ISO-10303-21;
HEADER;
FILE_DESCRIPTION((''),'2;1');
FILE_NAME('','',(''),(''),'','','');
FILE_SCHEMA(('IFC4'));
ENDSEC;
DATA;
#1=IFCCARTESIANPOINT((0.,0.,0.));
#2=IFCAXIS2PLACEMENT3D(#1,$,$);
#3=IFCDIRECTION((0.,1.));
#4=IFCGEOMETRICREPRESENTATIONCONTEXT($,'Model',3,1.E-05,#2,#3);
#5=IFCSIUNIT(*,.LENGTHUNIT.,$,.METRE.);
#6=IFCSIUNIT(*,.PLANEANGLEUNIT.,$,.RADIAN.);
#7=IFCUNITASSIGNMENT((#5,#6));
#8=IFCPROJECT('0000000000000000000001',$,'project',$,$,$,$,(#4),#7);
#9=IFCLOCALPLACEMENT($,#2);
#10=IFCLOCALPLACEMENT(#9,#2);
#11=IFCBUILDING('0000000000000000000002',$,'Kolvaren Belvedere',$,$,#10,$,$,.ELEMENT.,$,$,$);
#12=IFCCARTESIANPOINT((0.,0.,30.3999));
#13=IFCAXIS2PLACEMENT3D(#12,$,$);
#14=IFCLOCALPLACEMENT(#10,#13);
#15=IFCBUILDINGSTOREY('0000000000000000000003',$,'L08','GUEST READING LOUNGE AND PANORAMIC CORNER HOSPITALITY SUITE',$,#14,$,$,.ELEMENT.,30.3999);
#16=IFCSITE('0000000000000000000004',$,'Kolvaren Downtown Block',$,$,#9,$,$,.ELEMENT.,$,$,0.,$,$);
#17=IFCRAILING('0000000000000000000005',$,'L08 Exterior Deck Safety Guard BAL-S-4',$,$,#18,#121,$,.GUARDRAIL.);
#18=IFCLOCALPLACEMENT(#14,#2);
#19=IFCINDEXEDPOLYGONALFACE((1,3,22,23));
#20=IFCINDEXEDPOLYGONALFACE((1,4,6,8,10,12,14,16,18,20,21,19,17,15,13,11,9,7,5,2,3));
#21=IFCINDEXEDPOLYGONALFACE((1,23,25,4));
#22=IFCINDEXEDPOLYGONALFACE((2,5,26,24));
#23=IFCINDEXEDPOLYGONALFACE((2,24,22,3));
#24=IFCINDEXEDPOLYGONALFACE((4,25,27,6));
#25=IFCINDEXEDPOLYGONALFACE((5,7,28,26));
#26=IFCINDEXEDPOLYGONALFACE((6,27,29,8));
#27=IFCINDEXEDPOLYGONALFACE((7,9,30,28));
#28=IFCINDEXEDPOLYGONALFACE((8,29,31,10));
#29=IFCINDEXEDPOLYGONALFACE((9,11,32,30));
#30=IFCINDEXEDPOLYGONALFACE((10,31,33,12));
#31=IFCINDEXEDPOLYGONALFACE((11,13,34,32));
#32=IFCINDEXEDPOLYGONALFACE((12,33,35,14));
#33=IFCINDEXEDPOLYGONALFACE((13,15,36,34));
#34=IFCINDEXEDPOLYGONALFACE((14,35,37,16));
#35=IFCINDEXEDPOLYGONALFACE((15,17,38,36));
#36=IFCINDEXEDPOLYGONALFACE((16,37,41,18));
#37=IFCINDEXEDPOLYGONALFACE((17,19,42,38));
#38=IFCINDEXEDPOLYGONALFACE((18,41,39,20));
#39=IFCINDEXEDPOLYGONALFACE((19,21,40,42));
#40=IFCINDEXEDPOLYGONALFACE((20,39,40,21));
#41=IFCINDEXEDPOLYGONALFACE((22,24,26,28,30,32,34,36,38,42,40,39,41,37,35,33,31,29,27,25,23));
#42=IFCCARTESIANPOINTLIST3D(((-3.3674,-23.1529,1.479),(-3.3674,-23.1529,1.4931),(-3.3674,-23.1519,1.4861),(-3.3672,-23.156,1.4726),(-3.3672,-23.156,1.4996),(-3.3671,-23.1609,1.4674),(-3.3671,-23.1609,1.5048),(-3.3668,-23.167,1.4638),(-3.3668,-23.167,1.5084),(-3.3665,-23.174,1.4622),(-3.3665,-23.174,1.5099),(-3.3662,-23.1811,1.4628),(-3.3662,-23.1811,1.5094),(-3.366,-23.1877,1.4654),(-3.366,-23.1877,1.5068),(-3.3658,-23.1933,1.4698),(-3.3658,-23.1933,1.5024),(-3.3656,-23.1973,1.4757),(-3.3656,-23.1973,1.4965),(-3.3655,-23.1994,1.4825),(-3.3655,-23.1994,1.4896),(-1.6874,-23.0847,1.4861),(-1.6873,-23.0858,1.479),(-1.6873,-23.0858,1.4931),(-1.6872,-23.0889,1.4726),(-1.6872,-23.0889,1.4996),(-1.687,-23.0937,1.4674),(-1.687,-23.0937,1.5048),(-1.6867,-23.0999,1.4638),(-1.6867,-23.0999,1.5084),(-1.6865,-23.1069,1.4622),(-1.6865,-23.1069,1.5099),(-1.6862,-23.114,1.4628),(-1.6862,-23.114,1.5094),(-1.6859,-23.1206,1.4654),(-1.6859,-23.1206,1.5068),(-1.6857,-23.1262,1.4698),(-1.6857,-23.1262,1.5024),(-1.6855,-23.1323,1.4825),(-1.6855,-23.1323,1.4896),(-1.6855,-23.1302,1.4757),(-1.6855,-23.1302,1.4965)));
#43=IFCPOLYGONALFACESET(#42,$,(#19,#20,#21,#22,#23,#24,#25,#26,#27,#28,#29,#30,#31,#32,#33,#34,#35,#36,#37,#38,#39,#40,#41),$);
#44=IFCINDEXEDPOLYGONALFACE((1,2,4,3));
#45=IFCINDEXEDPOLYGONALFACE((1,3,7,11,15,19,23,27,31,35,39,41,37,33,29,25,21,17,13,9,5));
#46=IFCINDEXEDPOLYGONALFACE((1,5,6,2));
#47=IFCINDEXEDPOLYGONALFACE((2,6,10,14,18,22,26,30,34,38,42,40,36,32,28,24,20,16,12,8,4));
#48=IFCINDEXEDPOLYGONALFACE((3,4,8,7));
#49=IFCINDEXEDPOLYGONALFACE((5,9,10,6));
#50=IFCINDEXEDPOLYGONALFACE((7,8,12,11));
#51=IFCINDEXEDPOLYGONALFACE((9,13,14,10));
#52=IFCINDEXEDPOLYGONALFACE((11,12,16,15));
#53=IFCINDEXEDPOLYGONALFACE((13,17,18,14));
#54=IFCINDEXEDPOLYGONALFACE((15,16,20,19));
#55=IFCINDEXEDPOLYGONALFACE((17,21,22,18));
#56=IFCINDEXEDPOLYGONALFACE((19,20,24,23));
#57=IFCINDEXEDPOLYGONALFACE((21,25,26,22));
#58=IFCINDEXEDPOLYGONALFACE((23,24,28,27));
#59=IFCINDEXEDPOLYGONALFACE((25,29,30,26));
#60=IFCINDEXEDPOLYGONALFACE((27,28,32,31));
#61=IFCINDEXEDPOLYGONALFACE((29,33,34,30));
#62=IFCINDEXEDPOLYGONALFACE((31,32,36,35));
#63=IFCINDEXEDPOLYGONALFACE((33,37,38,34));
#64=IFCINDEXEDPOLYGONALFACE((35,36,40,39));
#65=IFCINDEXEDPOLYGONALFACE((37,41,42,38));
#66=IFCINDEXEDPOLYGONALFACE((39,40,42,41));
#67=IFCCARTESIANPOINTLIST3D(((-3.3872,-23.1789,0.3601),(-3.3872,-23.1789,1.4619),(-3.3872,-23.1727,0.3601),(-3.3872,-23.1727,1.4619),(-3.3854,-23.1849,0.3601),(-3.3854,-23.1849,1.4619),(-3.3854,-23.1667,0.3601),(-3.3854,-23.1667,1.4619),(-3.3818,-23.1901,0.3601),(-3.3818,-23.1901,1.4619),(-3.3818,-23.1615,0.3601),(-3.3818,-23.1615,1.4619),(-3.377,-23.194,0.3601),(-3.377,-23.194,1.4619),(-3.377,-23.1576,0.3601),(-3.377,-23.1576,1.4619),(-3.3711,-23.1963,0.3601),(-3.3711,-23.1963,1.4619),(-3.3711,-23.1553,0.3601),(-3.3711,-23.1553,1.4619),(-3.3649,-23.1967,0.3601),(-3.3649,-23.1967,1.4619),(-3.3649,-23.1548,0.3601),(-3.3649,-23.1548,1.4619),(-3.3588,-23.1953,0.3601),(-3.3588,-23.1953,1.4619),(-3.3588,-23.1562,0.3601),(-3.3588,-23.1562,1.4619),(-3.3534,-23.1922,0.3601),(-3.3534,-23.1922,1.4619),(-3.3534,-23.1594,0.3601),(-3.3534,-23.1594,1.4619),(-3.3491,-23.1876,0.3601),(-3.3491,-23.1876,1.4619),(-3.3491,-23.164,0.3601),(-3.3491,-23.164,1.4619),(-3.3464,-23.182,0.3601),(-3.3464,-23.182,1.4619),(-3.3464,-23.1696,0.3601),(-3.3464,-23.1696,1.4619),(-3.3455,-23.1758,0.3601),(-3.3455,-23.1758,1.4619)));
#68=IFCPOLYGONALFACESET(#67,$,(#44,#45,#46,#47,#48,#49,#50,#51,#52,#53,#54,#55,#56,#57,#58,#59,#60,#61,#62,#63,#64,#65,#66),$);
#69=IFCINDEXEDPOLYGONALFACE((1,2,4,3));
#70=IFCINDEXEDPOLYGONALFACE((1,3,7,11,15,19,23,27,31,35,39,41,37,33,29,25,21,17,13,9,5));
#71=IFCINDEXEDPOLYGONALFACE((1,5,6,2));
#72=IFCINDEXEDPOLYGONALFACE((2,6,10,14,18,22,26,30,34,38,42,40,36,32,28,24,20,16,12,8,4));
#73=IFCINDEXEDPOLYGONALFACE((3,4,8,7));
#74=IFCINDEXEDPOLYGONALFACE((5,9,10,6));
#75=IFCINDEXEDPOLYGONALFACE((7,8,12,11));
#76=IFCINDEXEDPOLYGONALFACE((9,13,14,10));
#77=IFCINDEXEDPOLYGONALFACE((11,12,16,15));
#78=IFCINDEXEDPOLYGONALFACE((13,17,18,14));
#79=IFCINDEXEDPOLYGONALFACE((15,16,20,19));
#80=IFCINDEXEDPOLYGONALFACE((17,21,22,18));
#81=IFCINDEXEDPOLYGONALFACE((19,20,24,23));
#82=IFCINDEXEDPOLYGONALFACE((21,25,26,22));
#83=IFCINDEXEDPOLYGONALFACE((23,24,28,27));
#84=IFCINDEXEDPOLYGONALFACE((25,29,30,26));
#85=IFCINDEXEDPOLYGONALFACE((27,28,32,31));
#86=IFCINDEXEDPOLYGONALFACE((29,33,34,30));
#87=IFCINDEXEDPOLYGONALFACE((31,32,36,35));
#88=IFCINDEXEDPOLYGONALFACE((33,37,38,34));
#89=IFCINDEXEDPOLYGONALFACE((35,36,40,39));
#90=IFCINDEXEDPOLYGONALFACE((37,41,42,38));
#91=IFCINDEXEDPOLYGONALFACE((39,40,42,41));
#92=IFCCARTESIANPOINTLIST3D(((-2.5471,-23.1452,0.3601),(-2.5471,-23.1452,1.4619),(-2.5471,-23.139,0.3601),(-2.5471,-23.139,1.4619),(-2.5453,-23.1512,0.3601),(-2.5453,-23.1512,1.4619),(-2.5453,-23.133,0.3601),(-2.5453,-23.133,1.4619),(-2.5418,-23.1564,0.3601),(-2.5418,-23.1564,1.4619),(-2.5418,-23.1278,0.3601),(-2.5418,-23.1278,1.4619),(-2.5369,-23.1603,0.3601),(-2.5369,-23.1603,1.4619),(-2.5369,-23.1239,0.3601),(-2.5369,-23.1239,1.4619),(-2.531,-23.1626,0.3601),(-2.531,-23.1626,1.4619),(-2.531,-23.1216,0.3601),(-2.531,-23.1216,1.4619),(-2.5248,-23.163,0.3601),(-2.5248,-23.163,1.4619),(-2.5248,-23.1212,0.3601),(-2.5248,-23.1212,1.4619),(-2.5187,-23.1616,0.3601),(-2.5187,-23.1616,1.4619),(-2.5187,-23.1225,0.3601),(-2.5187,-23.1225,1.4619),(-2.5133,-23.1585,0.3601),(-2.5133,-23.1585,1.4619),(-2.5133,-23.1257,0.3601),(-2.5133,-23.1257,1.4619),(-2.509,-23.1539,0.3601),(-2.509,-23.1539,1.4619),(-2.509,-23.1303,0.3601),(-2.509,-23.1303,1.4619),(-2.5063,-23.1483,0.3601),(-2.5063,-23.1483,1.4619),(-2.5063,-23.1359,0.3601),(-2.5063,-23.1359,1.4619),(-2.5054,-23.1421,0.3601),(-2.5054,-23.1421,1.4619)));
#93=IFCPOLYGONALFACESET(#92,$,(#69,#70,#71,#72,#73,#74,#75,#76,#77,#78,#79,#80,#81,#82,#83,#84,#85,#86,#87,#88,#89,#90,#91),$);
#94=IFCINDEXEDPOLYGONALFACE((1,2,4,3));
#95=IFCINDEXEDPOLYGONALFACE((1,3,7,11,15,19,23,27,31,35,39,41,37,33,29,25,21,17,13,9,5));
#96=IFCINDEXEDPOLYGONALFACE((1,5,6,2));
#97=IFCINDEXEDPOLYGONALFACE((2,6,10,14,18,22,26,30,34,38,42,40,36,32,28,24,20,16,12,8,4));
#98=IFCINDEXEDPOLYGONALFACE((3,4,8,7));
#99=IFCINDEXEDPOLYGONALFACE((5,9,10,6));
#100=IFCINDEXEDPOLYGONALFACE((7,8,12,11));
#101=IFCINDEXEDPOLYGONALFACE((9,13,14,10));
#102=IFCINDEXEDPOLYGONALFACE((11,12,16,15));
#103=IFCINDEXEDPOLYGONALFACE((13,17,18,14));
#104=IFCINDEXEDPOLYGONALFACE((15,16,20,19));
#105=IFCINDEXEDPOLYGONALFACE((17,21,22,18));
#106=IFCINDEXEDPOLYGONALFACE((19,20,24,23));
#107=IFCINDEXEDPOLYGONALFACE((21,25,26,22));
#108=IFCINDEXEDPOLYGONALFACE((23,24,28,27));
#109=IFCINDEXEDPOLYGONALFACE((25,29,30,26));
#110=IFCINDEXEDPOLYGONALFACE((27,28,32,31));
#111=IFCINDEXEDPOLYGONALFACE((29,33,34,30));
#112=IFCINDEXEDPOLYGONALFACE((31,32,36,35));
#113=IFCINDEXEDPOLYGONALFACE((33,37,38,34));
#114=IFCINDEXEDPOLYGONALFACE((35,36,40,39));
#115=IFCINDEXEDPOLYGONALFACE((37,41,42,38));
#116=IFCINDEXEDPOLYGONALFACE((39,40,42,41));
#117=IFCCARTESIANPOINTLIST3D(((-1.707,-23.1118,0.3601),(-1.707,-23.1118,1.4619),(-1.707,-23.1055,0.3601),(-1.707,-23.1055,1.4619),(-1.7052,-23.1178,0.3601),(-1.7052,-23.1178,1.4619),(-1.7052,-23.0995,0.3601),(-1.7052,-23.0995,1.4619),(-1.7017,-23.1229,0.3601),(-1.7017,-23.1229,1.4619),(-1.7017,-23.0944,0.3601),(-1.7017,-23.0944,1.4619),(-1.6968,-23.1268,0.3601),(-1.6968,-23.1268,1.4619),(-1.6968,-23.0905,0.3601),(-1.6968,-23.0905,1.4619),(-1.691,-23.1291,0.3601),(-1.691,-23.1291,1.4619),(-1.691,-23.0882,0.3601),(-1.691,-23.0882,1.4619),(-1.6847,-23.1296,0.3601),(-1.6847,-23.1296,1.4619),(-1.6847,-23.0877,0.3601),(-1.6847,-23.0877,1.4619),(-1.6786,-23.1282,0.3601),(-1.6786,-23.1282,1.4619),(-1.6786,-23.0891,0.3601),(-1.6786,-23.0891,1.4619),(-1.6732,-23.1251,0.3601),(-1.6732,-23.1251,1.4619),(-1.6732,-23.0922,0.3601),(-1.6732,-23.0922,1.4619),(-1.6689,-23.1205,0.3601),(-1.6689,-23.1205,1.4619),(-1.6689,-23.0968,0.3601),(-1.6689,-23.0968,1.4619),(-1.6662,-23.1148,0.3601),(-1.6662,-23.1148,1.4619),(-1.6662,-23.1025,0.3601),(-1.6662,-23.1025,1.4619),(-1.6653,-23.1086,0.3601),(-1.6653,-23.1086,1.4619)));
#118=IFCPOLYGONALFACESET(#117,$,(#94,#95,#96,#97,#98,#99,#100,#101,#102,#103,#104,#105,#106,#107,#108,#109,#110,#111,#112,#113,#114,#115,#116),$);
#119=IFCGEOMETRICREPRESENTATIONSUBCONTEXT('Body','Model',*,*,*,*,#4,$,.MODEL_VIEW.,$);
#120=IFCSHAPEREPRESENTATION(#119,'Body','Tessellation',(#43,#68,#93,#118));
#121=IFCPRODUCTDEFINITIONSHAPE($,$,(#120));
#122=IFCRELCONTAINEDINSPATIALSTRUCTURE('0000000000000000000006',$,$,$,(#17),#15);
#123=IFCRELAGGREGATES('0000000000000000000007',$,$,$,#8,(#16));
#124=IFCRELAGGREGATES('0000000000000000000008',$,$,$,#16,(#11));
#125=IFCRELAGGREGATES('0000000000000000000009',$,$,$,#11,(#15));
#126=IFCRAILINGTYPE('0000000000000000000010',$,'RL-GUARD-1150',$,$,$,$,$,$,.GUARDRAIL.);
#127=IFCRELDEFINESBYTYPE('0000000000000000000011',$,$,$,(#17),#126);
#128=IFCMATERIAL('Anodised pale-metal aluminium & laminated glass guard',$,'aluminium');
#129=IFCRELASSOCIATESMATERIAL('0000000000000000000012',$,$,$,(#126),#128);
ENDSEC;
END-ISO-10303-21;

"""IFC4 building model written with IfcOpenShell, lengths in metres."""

from ifc_helpers import new_model, si_unit, direction, frame, origin, origin_2d, place, context, subcontext, project, spatial, circle, extrude, material, type_object, element, save


model = new_model("IFC4")

# Units and contexts
model_context = context("Model", 3, precision=1e-05, world=origin(), true_north=direction((0.0, 1.0)))
body_context = subcontext(model_context, "Body", "Model", "MODEL_VIEW")
ifc_project = project(units=[si_unit("LENGTHUNIT", "METRE"), si_unit("PLANEANGLEUNIT", "RADIAN")], contexts=[model_context])

# Site, building, storey
site_placement = place(None, origin())
site = spatial("IfcSite", under=ifc_project, at=site_placement, Name="Kolvaren Downtown Block", CompositionType="ELEMENT", RefElevation=0.0)
building_placement = place(site_placement, origin())
building = spatial("IfcBuilding", under=site, at=building_placement, Name="Kolvaren Belvedere", CompositionType="ELEMENT")
storey_placement = place(building_placement, frame((0.0, 0.0, 30.3999)))
storey = spatial("IfcBuildingStorey", under=building, at=storey_placement, Name="L08", Description="GUEST READING LOUNGE AND PANORAMIC CORNER HOSPITALITY SUITE", CompositionType="ELEMENT", Elevation=30.3999)

# Railing
ifc_material_1 = material(Name="Anodised pale-metal aluminium & laminated glass guard", Category="aluminium")
railing_type = type_object("IfcRailingType", Name="RL-GUARD-1150", PredefinedType="GUARDRAIL", material=ifc_material_1)
railing_1_placement = place(storey_placement, frame((-3.3665, -23.1758, 0.3601)))
element("IfcRailing", 1, at=railing_1_placement, inside=storey, type_object=railing_type, Name="L08 Exterior Deck Safety Guard BAL-S-4", PredefinedType="GUARDRAIL", context=body_context, shape_type="SweptSolid", body=[
    extrude(circle(Radius=0.0239, at=origin_2d()), frame((0.0, 0.0, 1.126), z_axis=(0.999203, 0.039927, 0.0), x_axis=(-0.039927, 0.999203, 0.0)), (0.0, 0.0, 1.0), 1.6814),
    extrude(circle(Radius=0.021, at=origin_2d()), origin(), (0.0, 0.0, 1.0), 1.1018),
    extrude(circle(Radius=0.021, at=origin_2d()), frame((0.8401, 0.0337, 0.0)), (0.0, 0.0, 1.0), 1.1018),
    extrude(circle(Radius=0.021, at=origin_2d()), frame((1.6802, 0.0671, 0.0)), (0.0, 0.0, 1.0), 1.1018),
])

save(model, "model.ifc")
